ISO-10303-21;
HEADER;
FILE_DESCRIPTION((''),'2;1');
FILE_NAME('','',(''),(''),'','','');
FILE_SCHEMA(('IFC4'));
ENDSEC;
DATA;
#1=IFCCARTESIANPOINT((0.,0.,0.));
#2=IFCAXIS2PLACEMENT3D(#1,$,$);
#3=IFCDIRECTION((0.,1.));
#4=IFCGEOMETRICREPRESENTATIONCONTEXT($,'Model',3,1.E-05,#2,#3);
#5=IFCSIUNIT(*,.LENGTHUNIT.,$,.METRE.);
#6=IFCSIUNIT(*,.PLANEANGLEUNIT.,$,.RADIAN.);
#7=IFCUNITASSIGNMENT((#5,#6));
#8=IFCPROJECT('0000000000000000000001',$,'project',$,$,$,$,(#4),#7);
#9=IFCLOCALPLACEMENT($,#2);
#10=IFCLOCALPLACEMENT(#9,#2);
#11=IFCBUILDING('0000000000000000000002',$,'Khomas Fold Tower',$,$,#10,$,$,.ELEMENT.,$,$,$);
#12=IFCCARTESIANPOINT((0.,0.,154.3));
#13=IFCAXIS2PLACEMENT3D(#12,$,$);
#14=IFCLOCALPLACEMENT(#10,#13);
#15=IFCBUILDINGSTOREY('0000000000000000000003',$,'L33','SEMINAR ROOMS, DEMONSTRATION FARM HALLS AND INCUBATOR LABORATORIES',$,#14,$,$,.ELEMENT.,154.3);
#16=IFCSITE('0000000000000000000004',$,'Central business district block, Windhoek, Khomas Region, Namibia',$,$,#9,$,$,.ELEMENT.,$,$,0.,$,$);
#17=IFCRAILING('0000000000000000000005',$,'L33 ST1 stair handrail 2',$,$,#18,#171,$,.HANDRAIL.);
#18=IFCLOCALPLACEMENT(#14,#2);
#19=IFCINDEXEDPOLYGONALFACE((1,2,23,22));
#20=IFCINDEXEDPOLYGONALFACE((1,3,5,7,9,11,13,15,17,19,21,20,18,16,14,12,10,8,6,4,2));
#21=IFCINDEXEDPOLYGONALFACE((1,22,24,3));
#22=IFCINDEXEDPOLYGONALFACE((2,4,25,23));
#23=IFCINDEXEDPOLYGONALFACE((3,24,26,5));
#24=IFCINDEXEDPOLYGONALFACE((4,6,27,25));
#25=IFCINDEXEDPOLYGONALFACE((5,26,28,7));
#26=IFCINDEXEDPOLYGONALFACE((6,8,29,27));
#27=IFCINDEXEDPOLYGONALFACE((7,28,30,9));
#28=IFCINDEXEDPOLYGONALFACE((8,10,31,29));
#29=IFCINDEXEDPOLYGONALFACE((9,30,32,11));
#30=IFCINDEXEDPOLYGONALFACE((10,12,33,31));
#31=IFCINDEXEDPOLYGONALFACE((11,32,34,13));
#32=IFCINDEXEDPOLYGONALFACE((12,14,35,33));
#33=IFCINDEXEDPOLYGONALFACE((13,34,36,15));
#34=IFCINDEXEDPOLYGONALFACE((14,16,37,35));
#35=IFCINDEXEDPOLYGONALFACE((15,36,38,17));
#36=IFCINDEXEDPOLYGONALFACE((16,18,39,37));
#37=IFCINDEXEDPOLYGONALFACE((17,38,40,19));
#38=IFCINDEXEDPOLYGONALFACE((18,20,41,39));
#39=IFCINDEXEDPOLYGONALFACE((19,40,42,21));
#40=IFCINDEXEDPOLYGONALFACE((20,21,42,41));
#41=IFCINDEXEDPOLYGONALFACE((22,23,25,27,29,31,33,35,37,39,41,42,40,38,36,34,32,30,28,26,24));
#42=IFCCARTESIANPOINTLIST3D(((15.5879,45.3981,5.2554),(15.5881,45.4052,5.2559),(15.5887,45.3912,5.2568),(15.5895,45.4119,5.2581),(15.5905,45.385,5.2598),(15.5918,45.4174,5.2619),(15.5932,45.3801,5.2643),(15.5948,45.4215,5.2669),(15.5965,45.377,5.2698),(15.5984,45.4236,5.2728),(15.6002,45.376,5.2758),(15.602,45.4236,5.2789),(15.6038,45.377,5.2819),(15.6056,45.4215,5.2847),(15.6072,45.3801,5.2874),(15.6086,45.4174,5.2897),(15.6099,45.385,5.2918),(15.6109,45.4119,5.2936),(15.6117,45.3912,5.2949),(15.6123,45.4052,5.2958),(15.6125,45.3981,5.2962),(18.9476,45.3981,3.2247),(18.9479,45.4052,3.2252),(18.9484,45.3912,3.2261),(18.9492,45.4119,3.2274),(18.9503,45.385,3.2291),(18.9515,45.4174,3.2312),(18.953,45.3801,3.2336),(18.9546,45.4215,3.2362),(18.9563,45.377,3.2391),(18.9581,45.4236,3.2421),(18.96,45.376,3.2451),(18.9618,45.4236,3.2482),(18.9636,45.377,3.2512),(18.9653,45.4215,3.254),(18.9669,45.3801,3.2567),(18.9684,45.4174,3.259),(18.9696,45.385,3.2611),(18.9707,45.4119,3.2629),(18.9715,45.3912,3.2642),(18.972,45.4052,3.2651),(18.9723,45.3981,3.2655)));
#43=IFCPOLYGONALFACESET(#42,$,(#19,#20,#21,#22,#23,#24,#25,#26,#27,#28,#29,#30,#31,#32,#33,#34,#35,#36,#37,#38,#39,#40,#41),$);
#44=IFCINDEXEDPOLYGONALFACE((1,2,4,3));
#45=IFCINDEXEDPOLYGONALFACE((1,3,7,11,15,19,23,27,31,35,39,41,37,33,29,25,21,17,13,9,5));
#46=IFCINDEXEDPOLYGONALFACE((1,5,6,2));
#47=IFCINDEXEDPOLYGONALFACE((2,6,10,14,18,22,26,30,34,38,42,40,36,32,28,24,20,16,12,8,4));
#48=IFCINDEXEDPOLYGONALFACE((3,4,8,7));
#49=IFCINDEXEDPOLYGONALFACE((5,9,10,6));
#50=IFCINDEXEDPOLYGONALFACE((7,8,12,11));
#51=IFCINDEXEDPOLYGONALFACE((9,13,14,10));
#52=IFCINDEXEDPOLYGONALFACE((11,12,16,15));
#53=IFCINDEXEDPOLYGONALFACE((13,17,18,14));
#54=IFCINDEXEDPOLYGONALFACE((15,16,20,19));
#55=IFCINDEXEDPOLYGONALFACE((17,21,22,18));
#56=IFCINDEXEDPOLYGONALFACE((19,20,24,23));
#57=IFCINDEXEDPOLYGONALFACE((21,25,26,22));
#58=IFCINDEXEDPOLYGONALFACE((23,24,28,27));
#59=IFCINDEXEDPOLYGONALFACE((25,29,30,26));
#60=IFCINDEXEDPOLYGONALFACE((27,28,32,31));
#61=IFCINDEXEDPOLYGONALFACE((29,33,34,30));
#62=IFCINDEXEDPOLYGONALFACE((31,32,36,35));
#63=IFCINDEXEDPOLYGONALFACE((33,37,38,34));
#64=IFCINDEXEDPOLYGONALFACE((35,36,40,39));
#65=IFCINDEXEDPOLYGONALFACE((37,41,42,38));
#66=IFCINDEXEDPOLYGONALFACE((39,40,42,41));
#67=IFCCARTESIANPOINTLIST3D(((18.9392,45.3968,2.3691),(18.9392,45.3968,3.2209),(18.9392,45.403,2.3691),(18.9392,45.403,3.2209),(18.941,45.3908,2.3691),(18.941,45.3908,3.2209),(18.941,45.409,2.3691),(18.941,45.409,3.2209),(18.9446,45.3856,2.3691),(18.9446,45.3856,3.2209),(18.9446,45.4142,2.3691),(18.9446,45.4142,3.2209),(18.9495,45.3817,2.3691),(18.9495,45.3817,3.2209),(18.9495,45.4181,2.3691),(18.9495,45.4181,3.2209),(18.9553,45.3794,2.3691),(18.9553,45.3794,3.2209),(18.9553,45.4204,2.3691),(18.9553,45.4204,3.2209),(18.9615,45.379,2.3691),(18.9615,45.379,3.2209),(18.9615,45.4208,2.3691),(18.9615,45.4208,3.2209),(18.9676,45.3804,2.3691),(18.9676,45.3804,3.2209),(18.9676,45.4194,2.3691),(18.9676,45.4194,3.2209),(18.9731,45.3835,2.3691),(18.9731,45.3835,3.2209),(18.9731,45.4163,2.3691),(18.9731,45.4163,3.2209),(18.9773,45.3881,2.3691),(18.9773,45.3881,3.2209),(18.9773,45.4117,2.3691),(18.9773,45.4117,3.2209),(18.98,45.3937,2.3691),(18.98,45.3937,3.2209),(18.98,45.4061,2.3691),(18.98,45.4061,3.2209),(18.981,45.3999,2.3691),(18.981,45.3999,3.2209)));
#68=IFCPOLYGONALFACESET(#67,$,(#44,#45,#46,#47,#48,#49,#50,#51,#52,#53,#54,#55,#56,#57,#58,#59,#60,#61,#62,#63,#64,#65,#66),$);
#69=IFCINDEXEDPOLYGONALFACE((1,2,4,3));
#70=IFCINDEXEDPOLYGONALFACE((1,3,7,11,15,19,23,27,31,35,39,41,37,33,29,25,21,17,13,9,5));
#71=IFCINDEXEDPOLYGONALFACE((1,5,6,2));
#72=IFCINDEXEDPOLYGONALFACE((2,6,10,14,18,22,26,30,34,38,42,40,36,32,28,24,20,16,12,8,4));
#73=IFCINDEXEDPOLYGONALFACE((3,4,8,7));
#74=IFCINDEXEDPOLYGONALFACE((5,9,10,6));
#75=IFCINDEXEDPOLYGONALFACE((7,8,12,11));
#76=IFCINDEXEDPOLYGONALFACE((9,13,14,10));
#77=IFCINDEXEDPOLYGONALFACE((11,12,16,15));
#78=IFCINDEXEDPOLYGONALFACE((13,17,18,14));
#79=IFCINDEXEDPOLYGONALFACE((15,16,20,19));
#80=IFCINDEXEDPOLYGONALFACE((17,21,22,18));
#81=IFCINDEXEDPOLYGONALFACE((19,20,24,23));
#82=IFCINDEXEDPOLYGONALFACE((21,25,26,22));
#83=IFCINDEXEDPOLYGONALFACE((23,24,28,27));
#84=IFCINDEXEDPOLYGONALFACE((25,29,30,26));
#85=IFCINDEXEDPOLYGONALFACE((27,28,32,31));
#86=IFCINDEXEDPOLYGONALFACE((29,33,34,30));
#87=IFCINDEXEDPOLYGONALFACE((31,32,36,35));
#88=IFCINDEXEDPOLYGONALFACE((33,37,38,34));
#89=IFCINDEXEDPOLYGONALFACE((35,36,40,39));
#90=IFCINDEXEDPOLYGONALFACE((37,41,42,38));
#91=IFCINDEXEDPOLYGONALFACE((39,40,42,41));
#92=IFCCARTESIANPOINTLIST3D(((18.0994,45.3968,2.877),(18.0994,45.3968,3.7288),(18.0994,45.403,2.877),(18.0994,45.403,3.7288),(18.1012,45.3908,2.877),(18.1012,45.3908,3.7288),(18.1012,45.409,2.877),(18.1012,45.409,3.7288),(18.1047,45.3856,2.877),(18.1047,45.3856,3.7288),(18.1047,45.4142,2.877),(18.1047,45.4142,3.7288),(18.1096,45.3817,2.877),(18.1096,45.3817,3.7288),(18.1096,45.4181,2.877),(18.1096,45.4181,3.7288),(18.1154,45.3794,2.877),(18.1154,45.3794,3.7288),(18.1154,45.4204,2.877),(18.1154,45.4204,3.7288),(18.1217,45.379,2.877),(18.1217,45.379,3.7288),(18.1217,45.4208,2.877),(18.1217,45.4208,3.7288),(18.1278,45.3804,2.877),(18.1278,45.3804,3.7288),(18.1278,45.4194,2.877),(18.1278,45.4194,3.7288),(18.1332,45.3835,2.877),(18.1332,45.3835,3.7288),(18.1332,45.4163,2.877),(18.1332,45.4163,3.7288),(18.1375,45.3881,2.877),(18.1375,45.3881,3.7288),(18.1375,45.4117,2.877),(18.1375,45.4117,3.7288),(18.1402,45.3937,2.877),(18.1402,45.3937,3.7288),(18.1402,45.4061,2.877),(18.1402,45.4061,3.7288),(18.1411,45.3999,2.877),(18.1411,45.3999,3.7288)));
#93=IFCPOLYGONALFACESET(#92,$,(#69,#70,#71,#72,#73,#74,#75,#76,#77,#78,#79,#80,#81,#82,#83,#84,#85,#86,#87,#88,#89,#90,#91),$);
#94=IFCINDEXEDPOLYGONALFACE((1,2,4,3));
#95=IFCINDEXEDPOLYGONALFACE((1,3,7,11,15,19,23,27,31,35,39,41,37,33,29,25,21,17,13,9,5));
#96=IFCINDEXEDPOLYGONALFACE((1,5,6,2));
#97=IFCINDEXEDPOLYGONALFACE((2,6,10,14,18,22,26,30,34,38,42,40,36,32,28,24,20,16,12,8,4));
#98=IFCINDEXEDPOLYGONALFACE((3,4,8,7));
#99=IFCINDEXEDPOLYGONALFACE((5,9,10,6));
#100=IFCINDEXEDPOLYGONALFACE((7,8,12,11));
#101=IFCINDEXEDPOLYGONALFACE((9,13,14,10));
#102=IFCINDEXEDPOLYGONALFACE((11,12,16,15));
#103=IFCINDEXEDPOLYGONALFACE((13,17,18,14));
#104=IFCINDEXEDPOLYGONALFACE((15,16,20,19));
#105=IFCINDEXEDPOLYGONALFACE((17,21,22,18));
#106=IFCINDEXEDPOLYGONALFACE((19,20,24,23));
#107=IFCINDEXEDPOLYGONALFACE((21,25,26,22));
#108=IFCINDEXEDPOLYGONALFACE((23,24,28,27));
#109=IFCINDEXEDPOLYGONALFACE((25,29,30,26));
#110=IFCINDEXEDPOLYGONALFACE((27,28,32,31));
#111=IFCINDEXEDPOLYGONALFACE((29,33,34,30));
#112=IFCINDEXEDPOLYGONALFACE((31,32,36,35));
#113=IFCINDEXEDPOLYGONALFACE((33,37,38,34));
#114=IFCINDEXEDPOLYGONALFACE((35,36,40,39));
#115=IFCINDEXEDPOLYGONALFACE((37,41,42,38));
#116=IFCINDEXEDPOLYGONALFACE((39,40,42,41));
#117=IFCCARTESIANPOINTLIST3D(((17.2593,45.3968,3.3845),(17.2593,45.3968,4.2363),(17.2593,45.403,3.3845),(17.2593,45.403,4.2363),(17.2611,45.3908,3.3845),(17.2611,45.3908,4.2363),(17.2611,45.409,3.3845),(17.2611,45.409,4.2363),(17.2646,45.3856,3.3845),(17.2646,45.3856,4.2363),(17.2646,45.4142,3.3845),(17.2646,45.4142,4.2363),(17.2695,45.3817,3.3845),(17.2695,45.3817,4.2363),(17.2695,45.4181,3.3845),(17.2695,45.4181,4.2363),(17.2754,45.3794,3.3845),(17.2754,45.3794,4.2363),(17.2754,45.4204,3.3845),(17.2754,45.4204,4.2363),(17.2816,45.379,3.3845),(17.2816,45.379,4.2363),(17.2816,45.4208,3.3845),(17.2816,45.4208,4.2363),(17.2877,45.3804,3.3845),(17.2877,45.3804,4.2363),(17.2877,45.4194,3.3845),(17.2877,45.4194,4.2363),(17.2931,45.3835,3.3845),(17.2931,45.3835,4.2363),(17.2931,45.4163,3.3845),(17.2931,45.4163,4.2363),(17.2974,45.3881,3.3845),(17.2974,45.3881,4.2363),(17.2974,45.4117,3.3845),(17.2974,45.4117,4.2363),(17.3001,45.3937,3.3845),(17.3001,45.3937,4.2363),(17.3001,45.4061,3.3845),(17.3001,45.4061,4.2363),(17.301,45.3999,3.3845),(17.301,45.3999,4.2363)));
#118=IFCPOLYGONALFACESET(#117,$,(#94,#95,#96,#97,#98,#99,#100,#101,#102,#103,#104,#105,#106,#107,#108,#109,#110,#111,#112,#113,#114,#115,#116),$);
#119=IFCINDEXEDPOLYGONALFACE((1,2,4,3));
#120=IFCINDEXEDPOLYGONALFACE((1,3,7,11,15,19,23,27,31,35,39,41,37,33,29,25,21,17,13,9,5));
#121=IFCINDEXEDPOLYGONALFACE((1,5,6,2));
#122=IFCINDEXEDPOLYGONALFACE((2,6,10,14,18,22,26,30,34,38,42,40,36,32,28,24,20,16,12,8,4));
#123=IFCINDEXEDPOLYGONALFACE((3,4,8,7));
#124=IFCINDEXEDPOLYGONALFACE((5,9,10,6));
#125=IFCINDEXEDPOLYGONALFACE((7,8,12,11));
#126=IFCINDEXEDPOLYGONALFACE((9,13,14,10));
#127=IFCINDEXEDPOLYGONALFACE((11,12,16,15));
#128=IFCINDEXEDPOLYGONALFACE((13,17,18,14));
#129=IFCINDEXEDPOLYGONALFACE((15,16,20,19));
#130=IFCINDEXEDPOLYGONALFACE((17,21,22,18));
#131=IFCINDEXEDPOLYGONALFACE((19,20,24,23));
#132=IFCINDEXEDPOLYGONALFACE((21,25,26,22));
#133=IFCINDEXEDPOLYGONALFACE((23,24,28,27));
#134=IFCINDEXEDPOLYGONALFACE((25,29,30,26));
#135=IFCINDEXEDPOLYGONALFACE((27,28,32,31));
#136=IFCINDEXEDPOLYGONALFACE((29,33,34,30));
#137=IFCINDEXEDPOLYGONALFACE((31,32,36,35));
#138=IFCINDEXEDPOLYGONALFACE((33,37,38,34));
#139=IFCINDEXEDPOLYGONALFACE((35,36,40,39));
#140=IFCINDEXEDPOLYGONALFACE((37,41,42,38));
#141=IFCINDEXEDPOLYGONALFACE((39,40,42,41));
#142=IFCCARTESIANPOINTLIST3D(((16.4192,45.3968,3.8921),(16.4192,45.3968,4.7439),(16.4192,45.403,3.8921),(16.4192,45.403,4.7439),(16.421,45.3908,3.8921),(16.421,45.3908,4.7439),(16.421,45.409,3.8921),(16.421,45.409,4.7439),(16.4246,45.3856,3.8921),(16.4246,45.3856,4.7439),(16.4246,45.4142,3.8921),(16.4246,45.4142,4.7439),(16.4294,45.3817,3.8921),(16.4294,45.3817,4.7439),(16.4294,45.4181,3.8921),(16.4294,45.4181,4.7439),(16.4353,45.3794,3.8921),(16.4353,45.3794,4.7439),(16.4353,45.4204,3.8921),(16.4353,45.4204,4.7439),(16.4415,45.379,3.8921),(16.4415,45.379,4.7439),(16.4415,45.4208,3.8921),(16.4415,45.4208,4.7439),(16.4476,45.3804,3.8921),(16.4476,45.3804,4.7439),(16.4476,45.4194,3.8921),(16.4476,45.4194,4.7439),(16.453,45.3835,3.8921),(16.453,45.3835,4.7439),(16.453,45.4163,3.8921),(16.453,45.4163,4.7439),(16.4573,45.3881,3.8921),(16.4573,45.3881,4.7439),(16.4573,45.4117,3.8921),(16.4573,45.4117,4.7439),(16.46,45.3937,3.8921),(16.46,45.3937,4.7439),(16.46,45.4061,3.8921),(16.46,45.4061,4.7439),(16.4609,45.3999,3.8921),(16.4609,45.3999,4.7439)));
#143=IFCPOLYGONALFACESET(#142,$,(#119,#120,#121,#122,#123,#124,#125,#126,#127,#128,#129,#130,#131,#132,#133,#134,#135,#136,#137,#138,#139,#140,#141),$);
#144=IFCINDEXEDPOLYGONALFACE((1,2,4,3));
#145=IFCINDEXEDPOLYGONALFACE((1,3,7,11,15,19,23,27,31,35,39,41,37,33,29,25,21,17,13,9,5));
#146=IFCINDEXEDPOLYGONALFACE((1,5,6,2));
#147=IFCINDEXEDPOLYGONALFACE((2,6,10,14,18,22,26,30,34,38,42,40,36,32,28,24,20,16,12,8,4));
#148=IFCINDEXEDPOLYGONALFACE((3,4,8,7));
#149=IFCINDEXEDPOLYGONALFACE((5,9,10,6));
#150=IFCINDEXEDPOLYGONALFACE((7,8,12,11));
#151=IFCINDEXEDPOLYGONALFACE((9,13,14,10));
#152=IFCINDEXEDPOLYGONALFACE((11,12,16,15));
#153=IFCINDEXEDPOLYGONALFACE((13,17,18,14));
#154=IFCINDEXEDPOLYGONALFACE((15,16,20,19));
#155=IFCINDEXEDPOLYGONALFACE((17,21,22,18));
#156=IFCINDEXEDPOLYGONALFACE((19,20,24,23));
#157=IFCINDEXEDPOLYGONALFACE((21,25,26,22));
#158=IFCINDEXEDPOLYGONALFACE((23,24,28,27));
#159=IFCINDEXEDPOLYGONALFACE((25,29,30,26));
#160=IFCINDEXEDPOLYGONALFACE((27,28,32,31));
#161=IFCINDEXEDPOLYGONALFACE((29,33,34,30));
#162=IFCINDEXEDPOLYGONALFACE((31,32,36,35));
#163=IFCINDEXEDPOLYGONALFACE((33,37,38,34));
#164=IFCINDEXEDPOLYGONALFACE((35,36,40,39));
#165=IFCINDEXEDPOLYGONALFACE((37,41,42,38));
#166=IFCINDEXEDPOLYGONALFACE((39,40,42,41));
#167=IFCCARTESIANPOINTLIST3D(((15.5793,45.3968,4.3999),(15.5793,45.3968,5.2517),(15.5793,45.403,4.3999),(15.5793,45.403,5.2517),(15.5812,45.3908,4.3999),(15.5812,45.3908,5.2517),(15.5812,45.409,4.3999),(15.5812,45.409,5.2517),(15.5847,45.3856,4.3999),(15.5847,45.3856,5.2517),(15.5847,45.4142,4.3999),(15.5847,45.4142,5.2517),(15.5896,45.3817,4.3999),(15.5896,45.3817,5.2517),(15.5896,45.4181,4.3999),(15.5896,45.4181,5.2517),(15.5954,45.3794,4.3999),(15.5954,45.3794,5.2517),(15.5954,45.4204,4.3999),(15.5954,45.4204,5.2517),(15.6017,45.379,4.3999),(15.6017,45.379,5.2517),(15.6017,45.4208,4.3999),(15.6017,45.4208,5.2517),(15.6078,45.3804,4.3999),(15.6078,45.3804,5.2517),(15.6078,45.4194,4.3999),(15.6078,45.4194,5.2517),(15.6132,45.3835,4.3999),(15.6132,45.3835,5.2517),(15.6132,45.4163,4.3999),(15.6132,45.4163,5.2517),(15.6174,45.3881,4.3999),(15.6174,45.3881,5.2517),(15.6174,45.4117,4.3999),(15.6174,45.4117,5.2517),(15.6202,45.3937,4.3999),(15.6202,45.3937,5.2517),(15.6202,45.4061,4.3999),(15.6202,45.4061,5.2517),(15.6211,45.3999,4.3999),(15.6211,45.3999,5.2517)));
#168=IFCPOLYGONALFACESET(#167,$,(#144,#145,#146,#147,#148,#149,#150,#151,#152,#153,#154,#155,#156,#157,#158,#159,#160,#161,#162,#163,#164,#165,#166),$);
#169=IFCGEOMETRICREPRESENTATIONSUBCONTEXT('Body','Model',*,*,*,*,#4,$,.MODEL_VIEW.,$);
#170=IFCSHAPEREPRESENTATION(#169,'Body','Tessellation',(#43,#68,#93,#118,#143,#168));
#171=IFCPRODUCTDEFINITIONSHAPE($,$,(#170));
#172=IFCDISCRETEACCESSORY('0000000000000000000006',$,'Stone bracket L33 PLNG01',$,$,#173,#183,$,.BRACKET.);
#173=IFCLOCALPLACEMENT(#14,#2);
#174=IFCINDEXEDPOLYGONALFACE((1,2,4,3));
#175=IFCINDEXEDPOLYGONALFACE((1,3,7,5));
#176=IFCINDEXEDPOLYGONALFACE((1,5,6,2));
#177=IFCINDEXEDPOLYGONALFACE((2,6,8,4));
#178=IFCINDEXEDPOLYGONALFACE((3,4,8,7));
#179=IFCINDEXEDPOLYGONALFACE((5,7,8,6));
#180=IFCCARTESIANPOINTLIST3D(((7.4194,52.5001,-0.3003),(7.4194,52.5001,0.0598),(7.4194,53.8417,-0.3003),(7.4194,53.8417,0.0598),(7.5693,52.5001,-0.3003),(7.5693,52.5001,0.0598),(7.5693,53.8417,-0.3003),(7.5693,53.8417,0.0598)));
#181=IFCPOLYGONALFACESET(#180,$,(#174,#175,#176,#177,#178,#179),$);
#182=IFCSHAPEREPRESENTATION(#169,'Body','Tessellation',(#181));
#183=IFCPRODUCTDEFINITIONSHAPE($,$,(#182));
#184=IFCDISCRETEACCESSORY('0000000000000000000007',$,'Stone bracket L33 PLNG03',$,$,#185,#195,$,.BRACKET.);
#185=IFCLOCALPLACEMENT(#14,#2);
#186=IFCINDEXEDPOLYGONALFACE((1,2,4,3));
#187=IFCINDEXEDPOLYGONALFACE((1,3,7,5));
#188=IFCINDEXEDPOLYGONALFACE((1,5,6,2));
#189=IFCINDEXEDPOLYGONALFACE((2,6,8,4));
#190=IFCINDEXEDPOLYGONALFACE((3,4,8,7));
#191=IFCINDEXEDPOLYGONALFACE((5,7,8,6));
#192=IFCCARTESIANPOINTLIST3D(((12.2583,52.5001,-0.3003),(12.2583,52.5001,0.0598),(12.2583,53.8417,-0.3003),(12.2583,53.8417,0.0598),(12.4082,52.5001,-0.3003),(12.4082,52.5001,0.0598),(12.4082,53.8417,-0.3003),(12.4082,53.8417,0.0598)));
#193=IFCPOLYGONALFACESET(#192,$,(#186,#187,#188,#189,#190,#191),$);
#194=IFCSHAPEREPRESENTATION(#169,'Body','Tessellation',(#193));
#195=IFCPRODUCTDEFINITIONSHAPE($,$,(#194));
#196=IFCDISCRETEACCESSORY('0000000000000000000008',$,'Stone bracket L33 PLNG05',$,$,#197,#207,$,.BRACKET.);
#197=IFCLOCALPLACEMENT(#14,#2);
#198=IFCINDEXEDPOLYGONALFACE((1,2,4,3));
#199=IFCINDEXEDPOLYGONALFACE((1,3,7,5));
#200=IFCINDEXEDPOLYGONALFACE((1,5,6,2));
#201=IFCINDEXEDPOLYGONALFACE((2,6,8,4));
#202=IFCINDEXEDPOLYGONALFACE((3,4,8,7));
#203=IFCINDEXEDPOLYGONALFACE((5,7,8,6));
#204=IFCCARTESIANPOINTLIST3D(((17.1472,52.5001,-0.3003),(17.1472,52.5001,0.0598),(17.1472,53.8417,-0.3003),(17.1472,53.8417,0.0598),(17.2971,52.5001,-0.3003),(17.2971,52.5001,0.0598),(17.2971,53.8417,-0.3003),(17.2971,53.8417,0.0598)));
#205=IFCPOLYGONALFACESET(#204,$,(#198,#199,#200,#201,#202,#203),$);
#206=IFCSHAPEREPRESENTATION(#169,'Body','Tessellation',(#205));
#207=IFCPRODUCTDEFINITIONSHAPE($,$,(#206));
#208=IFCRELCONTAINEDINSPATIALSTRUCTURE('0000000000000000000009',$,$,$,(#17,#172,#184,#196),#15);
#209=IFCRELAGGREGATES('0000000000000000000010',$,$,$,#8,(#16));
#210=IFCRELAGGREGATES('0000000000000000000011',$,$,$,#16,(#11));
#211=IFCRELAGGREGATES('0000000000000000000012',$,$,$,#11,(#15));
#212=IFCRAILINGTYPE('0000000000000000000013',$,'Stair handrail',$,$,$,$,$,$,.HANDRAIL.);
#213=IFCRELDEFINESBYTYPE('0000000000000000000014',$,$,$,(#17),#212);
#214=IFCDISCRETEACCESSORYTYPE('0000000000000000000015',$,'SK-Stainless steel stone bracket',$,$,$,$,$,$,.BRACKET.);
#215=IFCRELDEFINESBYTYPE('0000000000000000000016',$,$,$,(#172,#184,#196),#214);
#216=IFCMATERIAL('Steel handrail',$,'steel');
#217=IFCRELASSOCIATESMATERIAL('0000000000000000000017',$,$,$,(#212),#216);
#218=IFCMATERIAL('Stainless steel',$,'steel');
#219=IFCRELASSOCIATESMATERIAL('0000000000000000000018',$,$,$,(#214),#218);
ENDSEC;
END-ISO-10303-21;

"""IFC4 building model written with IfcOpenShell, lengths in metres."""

from ifc_helpers import new_model, si_unit, direction, frame, origin, origin_2d, place, context, subcontext, project, spatial, rectangle, circle, extrude, source, transform, mapped, material, type_object, element, save


model = new_model("IFC4")

# Units and contexts
model_context = context("Model", 3, precision=1e-05, world=origin(), true_north=direction((0.0, 1.0)))
body_context = subcontext(model_context, "Body", "Model", "MODEL_VIEW")
ifc_project = project(units=[si_unit("LENGTHUNIT", "METRE"), si_unit("PLANEANGLEUNIT", "RADIAN")], contexts=[model_context])

# Site, building, storey
site_placement = place(None, origin())
site = spatial("IfcSite", under=ifc_project, at=site_placement, Name="Central business district block, Windhoek, Khomas Region, Namibia", CompositionType="ELEMENT", RefElevation=0.0)
building_placement = place(site_placement, origin())
building = spatial("IfcBuilding", under=site, at=building_placement, Name="Khomas Fold Tower", CompositionType="ELEMENT")
storey_placement = place(building_placement, frame((0.0, 0.0, 154.3)))
storey = spatial("IfcBuildingStorey", under=building, at=storey_placement, Name="L33", Description="SEMINAR ROOMS, DEMONSTRATION FARM HALLS AND INCUBATOR LABORATORIES", CompositionType="ELEMENT", Elevation=154.3)

# Railing
ifc_material_1 = material(Name="Steel handrail", Category="steel")
railing_type_1 = type_object("IfcRailingType", Name="Stair handrail", PredefinedType="HANDRAIL", material=ifc_material_1)
shared_shape_1 = source(origin(), body_context, "Body", "SweptSolid", [
    extrude(circle(Radius=0.0239, at=origin_2d()), frame((0.0, 0.0, 0.876), z_axis=(-0.85582, 0.0, 0.517273), x_axis=(0.0, -1.0, 0.0)), (0.0, 0.0, 1.0), 3.9258),
    extrude(circle(Radius=0.021, at=origin_2d()), origin(), (0.0, 0.0, 1.0), 0.8518),
    extrude(circle(Radius=0.021, at=origin_2d()), frame((-0.8398, 0.0, 0.5078)), (0.0, 0.0, 1.0), 0.8518),
    extrude(circle(Radius=0.021, at=origin_2d()), frame((-1.6799, 0.0, 1.0154)), (0.0, 0.0, 1.0), 0.8518),
    extrude(circle(Radius=0.021, at=origin_2d()), frame((-2.52, 0.0, 1.5229)), (0.0, 0.0, 1.0), 0.8518),
    extrude(circle(Radius=0.021, at=origin_2d()), frame((-3.3599, 0.0, 2.0308)), (0.0, 0.0, 1.0), 0.8518),
])
railing_1_placement = place(storey_placement, frame((18.96, 45.3999, 2.3691)))
element("IfcRailing", 1, at=railing_1_placement, inside=storey, type_object=railing_type_1, Name="L33 ST1 stair handrail 2", PredefinedType="HANDRAIL", context=body_context, shape_type="MappedRepresentation", body=[
    mapped(shared_shape_1, transform((0.0, 0.0, 0.0))),
])

# Discrete accessories
ifc_material_2 = material(Name="Stainless steel", Category="steel")
discrete_accessory_type = type_object("IfcDiscreteAccessoryType", Name="SK-Stainless steel stone bracket", PredefinedType="BRACKET", material=ifc_material_2)
shared_shape_2 = source(origin(), body_context, "Body", "SweptSolid", [
    extrude(rectangle(XDim=1.3416, YDim=0.1499, at=origin_2d()), origin(), (0.0, 0.0, 1.0), 0.3601),
])
for number, where, z_axis, x_axis, name in (
    (2, (7.4944, 53.1709, -0.3003), (0.0, 0.0, 1.0), (0.0, 1.0, 0.0), "Stone bracket L33 PLNG01"),
    (3, (12.3333, 53.1709, -0.3003), (0.0, 0.0, 1.0), (0.0, 1.0, 0.0), "Stone bracket L33 PLNG03"),
    (4, (17.2222, 53.1709, -0.3003), (0.0, 0.0, 1.0), (0.0, 1.0, 0.0), "Stone bracket L33 PLNG05"),
):
    element("IfcDiscreteAccessory", number, at=place(storey_placement, frame(where, z_axis=z_axis, x_axis=x_axis)), inside=storey, type_object=discrete_accessory_type, Name=name, PredefinedType="BRACKET", context=body_context, shape_type="MappedRepresentation", body=[
        mapped(shared_shape_2, transform((0.0, 0.0, 0.0))),
    ])

save(model, "model.ifc")
